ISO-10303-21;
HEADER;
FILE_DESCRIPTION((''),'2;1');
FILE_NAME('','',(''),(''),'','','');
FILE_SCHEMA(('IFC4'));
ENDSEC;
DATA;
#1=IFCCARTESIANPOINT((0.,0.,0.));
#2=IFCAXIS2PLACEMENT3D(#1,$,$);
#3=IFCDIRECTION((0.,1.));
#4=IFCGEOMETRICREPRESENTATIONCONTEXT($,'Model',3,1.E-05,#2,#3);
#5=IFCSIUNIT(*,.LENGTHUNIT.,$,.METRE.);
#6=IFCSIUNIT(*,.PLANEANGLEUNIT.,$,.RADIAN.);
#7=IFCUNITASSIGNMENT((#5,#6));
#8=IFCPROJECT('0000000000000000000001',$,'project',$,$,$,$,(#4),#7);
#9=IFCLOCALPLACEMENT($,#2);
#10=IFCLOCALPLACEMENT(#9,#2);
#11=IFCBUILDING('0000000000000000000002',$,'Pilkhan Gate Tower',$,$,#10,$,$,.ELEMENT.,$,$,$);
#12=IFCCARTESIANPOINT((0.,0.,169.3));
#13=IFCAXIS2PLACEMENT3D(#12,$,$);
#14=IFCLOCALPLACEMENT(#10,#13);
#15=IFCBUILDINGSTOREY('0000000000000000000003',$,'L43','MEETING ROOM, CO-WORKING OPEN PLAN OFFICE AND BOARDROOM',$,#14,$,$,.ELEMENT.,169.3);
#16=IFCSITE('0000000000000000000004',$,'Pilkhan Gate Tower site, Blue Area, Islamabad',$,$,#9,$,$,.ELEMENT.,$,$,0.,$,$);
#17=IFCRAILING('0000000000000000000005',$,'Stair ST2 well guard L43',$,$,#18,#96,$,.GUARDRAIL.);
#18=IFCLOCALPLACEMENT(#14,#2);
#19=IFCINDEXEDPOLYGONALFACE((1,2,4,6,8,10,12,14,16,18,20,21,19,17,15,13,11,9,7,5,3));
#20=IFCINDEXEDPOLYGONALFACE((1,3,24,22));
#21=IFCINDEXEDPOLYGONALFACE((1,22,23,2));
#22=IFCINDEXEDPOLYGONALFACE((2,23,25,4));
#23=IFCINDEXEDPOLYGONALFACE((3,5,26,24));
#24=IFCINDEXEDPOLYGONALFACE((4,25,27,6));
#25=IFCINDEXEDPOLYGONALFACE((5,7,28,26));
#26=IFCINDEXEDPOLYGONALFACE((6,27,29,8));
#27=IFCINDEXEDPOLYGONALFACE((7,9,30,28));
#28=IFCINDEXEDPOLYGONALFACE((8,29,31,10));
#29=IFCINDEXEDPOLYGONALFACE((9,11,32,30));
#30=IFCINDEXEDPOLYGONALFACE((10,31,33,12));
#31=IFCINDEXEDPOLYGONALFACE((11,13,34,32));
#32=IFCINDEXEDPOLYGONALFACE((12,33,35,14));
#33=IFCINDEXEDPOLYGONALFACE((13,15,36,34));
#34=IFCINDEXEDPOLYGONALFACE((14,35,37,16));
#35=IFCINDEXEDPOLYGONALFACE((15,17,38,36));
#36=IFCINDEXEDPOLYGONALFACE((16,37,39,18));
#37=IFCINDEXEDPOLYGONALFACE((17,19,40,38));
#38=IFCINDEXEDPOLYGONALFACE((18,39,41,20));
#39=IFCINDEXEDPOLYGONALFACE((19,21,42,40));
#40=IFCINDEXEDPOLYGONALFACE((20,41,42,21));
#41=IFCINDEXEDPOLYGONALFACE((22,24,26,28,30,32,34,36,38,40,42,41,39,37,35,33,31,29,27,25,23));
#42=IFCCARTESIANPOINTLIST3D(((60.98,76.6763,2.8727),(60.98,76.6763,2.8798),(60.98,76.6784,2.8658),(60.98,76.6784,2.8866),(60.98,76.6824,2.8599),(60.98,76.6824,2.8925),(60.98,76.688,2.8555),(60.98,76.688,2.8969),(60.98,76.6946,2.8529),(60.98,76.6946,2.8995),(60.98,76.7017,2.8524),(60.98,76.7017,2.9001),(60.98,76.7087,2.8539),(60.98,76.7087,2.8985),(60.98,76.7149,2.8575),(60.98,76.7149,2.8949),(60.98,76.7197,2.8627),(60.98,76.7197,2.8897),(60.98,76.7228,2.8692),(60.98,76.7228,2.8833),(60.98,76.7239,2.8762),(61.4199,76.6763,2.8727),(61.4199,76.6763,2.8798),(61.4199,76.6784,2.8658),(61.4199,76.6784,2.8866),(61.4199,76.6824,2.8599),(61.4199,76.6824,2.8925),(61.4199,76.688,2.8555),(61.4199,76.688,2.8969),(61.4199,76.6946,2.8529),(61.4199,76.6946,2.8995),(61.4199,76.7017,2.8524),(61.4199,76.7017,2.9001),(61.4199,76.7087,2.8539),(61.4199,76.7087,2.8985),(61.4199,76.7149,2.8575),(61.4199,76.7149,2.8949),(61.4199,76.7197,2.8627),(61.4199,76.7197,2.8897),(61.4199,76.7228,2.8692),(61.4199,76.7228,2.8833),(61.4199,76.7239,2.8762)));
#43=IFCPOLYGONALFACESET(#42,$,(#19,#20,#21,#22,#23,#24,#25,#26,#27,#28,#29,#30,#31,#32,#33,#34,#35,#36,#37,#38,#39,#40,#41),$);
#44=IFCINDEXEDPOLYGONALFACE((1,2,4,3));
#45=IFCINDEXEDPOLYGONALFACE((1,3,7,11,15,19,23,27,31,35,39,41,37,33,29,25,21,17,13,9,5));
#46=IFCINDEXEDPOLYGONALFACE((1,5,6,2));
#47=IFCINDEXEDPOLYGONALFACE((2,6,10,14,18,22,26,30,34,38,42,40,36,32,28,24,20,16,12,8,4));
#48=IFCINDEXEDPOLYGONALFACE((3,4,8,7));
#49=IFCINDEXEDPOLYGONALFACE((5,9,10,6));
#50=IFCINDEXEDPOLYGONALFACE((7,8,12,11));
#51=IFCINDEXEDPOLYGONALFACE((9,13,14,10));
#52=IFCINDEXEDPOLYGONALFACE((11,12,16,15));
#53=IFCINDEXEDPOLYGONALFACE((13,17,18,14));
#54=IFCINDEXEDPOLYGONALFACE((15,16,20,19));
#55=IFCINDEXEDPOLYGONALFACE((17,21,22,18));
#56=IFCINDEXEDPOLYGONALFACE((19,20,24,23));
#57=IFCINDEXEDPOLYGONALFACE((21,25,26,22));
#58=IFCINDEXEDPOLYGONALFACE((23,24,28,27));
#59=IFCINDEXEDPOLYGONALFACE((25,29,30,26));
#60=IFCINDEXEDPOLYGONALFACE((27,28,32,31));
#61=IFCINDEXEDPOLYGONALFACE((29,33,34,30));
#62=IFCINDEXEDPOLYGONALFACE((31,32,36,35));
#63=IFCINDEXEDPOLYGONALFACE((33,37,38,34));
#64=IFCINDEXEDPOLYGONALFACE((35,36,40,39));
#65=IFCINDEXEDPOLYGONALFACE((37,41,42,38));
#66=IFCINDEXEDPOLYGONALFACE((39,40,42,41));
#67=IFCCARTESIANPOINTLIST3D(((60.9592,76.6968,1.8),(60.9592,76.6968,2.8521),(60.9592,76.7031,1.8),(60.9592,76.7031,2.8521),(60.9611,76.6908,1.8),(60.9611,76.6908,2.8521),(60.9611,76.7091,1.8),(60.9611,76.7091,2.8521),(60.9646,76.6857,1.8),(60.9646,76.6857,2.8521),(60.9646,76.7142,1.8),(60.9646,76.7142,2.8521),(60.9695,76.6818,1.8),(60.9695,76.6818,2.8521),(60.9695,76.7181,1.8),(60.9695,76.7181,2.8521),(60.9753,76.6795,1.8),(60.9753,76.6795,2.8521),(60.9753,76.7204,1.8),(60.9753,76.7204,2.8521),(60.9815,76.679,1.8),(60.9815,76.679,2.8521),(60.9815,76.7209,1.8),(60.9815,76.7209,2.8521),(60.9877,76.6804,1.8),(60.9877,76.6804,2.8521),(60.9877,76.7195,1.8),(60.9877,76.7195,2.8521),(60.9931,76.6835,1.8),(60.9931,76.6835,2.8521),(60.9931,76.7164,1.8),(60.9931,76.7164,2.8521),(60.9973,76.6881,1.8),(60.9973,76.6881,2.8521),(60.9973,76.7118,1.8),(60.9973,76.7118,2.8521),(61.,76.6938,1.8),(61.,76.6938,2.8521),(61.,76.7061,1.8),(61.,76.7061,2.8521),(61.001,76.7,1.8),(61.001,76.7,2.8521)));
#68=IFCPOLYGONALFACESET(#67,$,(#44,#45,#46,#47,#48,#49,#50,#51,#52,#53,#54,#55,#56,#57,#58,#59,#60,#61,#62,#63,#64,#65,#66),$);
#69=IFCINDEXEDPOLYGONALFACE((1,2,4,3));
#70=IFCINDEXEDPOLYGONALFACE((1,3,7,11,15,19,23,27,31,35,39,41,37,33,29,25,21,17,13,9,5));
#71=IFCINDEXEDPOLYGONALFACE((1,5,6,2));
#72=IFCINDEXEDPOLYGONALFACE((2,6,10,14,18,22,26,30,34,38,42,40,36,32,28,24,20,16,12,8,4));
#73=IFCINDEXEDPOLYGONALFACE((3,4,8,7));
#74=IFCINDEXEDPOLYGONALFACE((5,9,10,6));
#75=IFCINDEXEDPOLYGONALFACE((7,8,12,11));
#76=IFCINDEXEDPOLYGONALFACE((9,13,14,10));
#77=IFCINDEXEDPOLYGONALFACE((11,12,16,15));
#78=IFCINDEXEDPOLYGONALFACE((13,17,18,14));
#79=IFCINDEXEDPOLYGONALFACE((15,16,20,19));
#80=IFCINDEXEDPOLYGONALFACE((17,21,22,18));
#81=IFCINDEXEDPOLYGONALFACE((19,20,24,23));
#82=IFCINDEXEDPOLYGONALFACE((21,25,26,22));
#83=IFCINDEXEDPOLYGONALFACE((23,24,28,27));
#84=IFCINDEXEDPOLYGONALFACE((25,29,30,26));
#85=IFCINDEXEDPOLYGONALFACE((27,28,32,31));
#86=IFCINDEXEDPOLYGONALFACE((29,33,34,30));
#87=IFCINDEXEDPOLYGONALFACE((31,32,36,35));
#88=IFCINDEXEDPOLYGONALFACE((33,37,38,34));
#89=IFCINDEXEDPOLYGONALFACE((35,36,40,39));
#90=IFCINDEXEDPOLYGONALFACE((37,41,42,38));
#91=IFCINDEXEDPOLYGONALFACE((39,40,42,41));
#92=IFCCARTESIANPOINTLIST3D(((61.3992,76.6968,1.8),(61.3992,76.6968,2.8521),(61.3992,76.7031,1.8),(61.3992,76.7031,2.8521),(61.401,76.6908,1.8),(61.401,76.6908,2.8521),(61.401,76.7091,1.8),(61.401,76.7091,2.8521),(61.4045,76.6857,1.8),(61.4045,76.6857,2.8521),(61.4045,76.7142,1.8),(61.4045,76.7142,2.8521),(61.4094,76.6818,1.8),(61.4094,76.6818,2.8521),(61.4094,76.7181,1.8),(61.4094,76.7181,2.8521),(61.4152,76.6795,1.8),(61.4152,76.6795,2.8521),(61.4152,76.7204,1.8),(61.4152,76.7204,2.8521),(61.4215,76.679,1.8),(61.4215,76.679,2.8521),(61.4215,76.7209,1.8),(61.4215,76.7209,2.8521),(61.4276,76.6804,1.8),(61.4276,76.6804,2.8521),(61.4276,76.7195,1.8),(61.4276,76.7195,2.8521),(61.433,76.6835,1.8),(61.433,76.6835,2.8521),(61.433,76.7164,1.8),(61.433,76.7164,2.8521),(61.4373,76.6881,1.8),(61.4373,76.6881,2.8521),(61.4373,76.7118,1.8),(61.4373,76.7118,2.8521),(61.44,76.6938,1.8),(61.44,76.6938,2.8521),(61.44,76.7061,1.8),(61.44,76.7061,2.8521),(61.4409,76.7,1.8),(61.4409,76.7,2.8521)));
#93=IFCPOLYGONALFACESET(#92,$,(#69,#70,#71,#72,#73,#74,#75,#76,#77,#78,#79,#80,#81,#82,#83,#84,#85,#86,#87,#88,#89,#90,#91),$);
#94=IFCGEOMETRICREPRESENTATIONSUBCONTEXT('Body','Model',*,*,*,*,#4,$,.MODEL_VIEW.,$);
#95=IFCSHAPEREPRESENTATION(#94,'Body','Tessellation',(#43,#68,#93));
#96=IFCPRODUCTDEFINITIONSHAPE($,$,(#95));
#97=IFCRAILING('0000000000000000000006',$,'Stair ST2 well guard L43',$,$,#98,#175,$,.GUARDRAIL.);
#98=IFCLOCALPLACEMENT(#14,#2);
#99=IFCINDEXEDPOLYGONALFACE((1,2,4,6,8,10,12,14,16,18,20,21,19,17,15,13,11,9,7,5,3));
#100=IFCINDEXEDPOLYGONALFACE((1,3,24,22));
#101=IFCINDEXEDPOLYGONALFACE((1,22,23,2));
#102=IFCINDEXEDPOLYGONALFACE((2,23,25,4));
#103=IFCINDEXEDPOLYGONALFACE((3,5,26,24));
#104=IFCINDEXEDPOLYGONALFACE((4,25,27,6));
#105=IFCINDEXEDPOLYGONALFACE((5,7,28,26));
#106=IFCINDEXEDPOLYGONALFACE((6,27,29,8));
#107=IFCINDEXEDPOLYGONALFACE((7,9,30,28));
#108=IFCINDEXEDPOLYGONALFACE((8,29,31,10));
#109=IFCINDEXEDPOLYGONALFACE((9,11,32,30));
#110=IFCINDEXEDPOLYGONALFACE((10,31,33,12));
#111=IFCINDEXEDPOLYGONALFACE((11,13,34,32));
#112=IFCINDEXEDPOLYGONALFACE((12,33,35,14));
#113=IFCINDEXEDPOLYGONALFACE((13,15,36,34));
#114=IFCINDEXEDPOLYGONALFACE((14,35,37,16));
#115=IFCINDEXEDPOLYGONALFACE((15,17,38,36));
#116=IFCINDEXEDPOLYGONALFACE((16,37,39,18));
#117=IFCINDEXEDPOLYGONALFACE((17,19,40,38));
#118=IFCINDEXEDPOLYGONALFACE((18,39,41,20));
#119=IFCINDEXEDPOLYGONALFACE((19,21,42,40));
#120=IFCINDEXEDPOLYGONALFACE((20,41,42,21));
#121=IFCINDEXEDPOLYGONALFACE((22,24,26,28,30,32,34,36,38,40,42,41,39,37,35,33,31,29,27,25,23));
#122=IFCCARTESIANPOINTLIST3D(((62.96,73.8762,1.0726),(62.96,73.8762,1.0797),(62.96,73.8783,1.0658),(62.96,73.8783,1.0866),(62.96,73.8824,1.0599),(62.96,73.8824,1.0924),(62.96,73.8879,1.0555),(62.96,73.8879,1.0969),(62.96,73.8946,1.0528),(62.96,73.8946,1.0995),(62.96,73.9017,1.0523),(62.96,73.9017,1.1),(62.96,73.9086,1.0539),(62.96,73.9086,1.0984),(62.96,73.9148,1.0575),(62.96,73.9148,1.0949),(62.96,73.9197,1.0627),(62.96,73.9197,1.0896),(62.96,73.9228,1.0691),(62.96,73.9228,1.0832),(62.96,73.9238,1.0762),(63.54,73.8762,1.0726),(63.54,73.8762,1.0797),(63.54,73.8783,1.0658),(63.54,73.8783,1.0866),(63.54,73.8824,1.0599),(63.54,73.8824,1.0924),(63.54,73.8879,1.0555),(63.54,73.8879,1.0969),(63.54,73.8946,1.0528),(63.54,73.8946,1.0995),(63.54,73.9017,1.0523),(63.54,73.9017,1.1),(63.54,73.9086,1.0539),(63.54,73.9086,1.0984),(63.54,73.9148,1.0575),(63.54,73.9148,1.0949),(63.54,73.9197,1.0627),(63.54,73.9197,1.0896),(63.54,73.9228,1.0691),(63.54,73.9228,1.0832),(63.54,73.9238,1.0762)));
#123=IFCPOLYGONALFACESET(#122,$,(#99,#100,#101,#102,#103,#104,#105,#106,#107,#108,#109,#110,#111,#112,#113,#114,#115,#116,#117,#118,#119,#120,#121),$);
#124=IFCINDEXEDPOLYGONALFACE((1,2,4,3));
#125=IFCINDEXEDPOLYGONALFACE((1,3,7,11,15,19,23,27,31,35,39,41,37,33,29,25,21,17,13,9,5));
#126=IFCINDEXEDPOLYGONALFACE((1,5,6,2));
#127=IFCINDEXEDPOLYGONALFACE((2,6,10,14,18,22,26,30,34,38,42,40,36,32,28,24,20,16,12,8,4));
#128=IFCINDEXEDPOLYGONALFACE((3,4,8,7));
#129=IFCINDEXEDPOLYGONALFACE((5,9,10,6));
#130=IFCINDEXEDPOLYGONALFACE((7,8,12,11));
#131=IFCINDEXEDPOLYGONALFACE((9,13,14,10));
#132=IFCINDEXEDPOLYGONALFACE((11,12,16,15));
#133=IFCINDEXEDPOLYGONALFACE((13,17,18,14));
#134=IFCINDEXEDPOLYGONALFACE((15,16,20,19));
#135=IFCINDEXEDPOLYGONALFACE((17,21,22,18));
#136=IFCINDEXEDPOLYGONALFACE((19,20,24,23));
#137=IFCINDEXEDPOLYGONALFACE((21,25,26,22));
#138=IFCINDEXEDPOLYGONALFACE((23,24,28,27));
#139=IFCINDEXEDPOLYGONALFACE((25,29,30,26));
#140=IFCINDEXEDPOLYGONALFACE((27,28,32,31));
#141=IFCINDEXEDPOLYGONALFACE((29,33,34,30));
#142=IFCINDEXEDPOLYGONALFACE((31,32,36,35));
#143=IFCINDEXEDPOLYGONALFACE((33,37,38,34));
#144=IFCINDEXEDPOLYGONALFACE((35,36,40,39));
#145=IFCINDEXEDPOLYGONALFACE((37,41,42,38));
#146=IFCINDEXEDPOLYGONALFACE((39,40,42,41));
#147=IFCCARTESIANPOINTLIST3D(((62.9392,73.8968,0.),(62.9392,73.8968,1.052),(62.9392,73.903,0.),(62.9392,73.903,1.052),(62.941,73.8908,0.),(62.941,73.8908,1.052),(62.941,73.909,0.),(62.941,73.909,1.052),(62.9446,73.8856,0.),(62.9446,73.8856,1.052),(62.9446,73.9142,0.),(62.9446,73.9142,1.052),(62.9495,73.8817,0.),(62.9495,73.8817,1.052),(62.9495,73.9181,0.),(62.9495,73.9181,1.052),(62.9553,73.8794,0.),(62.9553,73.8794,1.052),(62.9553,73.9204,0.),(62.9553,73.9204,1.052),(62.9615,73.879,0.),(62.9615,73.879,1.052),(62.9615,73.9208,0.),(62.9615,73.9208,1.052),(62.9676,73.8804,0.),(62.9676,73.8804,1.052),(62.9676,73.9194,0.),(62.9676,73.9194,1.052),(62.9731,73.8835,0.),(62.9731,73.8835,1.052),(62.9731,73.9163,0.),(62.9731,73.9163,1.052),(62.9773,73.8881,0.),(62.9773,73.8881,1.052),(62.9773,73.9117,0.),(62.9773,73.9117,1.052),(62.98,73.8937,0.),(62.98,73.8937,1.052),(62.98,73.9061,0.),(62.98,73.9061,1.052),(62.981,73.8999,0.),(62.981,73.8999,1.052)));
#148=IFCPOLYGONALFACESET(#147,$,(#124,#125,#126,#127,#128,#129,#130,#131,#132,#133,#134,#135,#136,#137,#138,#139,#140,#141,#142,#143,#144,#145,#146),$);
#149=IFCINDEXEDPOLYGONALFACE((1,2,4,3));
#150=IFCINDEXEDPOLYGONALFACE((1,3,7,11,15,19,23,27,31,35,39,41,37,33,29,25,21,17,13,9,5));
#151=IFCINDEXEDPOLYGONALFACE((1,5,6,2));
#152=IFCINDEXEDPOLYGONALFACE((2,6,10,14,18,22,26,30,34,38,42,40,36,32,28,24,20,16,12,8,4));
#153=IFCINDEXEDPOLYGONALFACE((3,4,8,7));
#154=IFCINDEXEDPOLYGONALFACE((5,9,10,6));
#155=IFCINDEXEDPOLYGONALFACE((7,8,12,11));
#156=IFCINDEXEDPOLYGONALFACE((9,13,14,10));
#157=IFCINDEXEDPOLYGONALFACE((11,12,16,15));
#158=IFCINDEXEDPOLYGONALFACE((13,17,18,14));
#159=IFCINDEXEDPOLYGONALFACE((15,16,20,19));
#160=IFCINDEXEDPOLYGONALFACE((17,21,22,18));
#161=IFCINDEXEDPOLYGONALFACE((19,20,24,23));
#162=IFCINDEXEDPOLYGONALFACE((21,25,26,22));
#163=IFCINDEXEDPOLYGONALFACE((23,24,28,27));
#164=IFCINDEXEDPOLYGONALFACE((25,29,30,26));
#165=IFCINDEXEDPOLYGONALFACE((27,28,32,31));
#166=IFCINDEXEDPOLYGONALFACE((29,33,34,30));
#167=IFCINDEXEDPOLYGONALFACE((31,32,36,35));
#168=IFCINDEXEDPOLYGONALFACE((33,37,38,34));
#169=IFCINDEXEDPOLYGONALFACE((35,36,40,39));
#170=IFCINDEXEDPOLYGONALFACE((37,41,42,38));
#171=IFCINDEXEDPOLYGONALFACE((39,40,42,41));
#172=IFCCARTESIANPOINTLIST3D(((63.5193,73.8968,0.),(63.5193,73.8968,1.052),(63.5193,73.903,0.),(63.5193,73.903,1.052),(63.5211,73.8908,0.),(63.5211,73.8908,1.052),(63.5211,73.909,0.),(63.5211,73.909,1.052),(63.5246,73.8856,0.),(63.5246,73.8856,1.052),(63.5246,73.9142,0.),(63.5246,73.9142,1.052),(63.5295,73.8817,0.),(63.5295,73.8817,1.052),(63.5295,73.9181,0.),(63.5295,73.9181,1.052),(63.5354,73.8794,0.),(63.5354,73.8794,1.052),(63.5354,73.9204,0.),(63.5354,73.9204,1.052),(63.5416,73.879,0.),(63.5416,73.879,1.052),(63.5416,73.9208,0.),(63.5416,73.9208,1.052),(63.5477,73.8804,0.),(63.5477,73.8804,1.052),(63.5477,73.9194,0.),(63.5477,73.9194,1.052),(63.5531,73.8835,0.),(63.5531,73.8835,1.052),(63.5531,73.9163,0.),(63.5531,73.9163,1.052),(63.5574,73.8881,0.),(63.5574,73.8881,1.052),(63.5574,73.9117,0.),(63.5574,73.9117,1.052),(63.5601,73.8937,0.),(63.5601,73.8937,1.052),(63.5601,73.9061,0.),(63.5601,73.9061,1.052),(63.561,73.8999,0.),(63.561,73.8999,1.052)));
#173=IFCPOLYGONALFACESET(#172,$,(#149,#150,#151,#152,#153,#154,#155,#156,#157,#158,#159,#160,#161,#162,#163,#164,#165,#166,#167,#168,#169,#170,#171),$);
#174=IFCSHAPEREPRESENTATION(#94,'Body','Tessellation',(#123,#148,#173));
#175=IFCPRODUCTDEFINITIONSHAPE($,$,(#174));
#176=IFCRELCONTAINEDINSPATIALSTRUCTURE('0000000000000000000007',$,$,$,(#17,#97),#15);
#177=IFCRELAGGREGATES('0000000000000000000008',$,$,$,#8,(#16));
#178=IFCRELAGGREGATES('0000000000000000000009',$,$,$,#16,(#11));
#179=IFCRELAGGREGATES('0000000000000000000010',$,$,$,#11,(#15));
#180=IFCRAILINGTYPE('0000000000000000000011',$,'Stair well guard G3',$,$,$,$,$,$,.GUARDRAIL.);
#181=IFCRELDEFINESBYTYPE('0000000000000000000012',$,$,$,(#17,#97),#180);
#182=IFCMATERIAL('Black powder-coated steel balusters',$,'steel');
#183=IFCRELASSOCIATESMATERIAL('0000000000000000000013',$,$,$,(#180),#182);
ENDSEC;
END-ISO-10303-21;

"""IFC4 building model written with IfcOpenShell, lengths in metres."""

from ifc_helpers import new_model, si_unit, direction, frame, origin, origin_2d, place, context, subcontext, project, spatial, circle, extrude, material, type_object, element, save


model = new_model("IFC4")

# Units and contexts
model_context = context("Model", 3, precision=1e-05, world=origin(), true_north=direction((0.0, 1.0)))
body_context = subcontext(model_context, "Body", "Model", "MODEL_VIEW")
ifc_project = project(units=[si_unit("LENGTHUNIT", "METRE"), si_unit("PLANEANGLEUNIT", "RADIAN")], contexts=[model_context])

# Site, building, storey
site_placement = place(None, origin())
site = spatial("IfcSite", under=ifc_project, at=site_placement, Name="Pilkhan Gate Tower site, Blue Area, Islamabad", CompositionType="ELEMENT", RefElevation=0.0)
building_placement = place(site_placement, origin())
building = spatial("IfcBuilding", under=site, at=building_placement, Name="Pilkhan Gate Tower", CompositionType="ELEMENT")
storey_placement = place(building_placement, frame((0.0, 0.0, 169.3)))
storey = spatial("IfcBuildingStorey", under=building, at=storey_placement, Name="L43", Description="MEETING ROOM, CO-WORKING OPEN PLAN OFFICE AND BOARDROOM", CompositionType="ELEMENT", Elevation=169.3)

# Railings
ifc_material_1 = material(Name="Black powder-coated steel balusters", Category="steel")
railing_type_1 = type_object("IfcRailingType", Name="Stair well guard G3", PredefinedType="GUARDRAIL", material=ifc_material_1)
railing_1_placement = place(storey_placement, frame((60.98, 76.7, 1.8)))
element("IfcRailing", 1, at=railing_1_placement, inside=storey, type_object=railing_type_1, Name="Stair ST2 well guard L43", PredefinedType="GUARDRAIL", context=body_context, shape_type="SweptSolid", body=[
    extrude(circle(Radius=0.0239, at=origin_2d()), frame((0.0, 0.0, 1.0762), z_axis=(1.0, 0.0, 0.0), x_axis=(0.0, 1.0, 0.0)), (0.0, 0.0, 1.0), 0.4399),
    extrude(circle(Radius=0.021, at=origin_2d()), origin(), (0.0, 0.0, 1.0), 1.052),
    extrude(circle(Radius=0.021, at=origin_2d()), frame((0.4399, 0.0, 0.0)), (0.0, 0.0, 1.0), 1.052),
])
for number, where, name in (
    (2, (62.96, 73.8999, 0.0), "Stair ST2 well guard L43"),
):
    element("IfcRailing", number, at=place(storey_placement, frame(where)), inside=storey, type_object=railing_type_1, Name=name, PredefinedType="GUARDRAIL", context=body_context, shape_type="SweptSolid", body=[
        extrude(circle(Radius=0.0239, at=origin_2d()), frame((0.0, 0.0, 1.0762), z_axis=(1.0, 0.0, 0.0), x_axis=(0.0, 1.0, 0.0)), (0.0, 0.0, 1.0), 0.5801),
        extrude(circle(Radius=0.021, at=origin_2d()), origin(), (0.0, 0.0, 1.0), 1.052),
        extrude(circle(Radius=0.021, at=origin_2d()), frame((0.5801, 0.0, 0.0)), (0.0, 0.0, 1.0), 1.052),
    ])

save(model, "model.ifc")
